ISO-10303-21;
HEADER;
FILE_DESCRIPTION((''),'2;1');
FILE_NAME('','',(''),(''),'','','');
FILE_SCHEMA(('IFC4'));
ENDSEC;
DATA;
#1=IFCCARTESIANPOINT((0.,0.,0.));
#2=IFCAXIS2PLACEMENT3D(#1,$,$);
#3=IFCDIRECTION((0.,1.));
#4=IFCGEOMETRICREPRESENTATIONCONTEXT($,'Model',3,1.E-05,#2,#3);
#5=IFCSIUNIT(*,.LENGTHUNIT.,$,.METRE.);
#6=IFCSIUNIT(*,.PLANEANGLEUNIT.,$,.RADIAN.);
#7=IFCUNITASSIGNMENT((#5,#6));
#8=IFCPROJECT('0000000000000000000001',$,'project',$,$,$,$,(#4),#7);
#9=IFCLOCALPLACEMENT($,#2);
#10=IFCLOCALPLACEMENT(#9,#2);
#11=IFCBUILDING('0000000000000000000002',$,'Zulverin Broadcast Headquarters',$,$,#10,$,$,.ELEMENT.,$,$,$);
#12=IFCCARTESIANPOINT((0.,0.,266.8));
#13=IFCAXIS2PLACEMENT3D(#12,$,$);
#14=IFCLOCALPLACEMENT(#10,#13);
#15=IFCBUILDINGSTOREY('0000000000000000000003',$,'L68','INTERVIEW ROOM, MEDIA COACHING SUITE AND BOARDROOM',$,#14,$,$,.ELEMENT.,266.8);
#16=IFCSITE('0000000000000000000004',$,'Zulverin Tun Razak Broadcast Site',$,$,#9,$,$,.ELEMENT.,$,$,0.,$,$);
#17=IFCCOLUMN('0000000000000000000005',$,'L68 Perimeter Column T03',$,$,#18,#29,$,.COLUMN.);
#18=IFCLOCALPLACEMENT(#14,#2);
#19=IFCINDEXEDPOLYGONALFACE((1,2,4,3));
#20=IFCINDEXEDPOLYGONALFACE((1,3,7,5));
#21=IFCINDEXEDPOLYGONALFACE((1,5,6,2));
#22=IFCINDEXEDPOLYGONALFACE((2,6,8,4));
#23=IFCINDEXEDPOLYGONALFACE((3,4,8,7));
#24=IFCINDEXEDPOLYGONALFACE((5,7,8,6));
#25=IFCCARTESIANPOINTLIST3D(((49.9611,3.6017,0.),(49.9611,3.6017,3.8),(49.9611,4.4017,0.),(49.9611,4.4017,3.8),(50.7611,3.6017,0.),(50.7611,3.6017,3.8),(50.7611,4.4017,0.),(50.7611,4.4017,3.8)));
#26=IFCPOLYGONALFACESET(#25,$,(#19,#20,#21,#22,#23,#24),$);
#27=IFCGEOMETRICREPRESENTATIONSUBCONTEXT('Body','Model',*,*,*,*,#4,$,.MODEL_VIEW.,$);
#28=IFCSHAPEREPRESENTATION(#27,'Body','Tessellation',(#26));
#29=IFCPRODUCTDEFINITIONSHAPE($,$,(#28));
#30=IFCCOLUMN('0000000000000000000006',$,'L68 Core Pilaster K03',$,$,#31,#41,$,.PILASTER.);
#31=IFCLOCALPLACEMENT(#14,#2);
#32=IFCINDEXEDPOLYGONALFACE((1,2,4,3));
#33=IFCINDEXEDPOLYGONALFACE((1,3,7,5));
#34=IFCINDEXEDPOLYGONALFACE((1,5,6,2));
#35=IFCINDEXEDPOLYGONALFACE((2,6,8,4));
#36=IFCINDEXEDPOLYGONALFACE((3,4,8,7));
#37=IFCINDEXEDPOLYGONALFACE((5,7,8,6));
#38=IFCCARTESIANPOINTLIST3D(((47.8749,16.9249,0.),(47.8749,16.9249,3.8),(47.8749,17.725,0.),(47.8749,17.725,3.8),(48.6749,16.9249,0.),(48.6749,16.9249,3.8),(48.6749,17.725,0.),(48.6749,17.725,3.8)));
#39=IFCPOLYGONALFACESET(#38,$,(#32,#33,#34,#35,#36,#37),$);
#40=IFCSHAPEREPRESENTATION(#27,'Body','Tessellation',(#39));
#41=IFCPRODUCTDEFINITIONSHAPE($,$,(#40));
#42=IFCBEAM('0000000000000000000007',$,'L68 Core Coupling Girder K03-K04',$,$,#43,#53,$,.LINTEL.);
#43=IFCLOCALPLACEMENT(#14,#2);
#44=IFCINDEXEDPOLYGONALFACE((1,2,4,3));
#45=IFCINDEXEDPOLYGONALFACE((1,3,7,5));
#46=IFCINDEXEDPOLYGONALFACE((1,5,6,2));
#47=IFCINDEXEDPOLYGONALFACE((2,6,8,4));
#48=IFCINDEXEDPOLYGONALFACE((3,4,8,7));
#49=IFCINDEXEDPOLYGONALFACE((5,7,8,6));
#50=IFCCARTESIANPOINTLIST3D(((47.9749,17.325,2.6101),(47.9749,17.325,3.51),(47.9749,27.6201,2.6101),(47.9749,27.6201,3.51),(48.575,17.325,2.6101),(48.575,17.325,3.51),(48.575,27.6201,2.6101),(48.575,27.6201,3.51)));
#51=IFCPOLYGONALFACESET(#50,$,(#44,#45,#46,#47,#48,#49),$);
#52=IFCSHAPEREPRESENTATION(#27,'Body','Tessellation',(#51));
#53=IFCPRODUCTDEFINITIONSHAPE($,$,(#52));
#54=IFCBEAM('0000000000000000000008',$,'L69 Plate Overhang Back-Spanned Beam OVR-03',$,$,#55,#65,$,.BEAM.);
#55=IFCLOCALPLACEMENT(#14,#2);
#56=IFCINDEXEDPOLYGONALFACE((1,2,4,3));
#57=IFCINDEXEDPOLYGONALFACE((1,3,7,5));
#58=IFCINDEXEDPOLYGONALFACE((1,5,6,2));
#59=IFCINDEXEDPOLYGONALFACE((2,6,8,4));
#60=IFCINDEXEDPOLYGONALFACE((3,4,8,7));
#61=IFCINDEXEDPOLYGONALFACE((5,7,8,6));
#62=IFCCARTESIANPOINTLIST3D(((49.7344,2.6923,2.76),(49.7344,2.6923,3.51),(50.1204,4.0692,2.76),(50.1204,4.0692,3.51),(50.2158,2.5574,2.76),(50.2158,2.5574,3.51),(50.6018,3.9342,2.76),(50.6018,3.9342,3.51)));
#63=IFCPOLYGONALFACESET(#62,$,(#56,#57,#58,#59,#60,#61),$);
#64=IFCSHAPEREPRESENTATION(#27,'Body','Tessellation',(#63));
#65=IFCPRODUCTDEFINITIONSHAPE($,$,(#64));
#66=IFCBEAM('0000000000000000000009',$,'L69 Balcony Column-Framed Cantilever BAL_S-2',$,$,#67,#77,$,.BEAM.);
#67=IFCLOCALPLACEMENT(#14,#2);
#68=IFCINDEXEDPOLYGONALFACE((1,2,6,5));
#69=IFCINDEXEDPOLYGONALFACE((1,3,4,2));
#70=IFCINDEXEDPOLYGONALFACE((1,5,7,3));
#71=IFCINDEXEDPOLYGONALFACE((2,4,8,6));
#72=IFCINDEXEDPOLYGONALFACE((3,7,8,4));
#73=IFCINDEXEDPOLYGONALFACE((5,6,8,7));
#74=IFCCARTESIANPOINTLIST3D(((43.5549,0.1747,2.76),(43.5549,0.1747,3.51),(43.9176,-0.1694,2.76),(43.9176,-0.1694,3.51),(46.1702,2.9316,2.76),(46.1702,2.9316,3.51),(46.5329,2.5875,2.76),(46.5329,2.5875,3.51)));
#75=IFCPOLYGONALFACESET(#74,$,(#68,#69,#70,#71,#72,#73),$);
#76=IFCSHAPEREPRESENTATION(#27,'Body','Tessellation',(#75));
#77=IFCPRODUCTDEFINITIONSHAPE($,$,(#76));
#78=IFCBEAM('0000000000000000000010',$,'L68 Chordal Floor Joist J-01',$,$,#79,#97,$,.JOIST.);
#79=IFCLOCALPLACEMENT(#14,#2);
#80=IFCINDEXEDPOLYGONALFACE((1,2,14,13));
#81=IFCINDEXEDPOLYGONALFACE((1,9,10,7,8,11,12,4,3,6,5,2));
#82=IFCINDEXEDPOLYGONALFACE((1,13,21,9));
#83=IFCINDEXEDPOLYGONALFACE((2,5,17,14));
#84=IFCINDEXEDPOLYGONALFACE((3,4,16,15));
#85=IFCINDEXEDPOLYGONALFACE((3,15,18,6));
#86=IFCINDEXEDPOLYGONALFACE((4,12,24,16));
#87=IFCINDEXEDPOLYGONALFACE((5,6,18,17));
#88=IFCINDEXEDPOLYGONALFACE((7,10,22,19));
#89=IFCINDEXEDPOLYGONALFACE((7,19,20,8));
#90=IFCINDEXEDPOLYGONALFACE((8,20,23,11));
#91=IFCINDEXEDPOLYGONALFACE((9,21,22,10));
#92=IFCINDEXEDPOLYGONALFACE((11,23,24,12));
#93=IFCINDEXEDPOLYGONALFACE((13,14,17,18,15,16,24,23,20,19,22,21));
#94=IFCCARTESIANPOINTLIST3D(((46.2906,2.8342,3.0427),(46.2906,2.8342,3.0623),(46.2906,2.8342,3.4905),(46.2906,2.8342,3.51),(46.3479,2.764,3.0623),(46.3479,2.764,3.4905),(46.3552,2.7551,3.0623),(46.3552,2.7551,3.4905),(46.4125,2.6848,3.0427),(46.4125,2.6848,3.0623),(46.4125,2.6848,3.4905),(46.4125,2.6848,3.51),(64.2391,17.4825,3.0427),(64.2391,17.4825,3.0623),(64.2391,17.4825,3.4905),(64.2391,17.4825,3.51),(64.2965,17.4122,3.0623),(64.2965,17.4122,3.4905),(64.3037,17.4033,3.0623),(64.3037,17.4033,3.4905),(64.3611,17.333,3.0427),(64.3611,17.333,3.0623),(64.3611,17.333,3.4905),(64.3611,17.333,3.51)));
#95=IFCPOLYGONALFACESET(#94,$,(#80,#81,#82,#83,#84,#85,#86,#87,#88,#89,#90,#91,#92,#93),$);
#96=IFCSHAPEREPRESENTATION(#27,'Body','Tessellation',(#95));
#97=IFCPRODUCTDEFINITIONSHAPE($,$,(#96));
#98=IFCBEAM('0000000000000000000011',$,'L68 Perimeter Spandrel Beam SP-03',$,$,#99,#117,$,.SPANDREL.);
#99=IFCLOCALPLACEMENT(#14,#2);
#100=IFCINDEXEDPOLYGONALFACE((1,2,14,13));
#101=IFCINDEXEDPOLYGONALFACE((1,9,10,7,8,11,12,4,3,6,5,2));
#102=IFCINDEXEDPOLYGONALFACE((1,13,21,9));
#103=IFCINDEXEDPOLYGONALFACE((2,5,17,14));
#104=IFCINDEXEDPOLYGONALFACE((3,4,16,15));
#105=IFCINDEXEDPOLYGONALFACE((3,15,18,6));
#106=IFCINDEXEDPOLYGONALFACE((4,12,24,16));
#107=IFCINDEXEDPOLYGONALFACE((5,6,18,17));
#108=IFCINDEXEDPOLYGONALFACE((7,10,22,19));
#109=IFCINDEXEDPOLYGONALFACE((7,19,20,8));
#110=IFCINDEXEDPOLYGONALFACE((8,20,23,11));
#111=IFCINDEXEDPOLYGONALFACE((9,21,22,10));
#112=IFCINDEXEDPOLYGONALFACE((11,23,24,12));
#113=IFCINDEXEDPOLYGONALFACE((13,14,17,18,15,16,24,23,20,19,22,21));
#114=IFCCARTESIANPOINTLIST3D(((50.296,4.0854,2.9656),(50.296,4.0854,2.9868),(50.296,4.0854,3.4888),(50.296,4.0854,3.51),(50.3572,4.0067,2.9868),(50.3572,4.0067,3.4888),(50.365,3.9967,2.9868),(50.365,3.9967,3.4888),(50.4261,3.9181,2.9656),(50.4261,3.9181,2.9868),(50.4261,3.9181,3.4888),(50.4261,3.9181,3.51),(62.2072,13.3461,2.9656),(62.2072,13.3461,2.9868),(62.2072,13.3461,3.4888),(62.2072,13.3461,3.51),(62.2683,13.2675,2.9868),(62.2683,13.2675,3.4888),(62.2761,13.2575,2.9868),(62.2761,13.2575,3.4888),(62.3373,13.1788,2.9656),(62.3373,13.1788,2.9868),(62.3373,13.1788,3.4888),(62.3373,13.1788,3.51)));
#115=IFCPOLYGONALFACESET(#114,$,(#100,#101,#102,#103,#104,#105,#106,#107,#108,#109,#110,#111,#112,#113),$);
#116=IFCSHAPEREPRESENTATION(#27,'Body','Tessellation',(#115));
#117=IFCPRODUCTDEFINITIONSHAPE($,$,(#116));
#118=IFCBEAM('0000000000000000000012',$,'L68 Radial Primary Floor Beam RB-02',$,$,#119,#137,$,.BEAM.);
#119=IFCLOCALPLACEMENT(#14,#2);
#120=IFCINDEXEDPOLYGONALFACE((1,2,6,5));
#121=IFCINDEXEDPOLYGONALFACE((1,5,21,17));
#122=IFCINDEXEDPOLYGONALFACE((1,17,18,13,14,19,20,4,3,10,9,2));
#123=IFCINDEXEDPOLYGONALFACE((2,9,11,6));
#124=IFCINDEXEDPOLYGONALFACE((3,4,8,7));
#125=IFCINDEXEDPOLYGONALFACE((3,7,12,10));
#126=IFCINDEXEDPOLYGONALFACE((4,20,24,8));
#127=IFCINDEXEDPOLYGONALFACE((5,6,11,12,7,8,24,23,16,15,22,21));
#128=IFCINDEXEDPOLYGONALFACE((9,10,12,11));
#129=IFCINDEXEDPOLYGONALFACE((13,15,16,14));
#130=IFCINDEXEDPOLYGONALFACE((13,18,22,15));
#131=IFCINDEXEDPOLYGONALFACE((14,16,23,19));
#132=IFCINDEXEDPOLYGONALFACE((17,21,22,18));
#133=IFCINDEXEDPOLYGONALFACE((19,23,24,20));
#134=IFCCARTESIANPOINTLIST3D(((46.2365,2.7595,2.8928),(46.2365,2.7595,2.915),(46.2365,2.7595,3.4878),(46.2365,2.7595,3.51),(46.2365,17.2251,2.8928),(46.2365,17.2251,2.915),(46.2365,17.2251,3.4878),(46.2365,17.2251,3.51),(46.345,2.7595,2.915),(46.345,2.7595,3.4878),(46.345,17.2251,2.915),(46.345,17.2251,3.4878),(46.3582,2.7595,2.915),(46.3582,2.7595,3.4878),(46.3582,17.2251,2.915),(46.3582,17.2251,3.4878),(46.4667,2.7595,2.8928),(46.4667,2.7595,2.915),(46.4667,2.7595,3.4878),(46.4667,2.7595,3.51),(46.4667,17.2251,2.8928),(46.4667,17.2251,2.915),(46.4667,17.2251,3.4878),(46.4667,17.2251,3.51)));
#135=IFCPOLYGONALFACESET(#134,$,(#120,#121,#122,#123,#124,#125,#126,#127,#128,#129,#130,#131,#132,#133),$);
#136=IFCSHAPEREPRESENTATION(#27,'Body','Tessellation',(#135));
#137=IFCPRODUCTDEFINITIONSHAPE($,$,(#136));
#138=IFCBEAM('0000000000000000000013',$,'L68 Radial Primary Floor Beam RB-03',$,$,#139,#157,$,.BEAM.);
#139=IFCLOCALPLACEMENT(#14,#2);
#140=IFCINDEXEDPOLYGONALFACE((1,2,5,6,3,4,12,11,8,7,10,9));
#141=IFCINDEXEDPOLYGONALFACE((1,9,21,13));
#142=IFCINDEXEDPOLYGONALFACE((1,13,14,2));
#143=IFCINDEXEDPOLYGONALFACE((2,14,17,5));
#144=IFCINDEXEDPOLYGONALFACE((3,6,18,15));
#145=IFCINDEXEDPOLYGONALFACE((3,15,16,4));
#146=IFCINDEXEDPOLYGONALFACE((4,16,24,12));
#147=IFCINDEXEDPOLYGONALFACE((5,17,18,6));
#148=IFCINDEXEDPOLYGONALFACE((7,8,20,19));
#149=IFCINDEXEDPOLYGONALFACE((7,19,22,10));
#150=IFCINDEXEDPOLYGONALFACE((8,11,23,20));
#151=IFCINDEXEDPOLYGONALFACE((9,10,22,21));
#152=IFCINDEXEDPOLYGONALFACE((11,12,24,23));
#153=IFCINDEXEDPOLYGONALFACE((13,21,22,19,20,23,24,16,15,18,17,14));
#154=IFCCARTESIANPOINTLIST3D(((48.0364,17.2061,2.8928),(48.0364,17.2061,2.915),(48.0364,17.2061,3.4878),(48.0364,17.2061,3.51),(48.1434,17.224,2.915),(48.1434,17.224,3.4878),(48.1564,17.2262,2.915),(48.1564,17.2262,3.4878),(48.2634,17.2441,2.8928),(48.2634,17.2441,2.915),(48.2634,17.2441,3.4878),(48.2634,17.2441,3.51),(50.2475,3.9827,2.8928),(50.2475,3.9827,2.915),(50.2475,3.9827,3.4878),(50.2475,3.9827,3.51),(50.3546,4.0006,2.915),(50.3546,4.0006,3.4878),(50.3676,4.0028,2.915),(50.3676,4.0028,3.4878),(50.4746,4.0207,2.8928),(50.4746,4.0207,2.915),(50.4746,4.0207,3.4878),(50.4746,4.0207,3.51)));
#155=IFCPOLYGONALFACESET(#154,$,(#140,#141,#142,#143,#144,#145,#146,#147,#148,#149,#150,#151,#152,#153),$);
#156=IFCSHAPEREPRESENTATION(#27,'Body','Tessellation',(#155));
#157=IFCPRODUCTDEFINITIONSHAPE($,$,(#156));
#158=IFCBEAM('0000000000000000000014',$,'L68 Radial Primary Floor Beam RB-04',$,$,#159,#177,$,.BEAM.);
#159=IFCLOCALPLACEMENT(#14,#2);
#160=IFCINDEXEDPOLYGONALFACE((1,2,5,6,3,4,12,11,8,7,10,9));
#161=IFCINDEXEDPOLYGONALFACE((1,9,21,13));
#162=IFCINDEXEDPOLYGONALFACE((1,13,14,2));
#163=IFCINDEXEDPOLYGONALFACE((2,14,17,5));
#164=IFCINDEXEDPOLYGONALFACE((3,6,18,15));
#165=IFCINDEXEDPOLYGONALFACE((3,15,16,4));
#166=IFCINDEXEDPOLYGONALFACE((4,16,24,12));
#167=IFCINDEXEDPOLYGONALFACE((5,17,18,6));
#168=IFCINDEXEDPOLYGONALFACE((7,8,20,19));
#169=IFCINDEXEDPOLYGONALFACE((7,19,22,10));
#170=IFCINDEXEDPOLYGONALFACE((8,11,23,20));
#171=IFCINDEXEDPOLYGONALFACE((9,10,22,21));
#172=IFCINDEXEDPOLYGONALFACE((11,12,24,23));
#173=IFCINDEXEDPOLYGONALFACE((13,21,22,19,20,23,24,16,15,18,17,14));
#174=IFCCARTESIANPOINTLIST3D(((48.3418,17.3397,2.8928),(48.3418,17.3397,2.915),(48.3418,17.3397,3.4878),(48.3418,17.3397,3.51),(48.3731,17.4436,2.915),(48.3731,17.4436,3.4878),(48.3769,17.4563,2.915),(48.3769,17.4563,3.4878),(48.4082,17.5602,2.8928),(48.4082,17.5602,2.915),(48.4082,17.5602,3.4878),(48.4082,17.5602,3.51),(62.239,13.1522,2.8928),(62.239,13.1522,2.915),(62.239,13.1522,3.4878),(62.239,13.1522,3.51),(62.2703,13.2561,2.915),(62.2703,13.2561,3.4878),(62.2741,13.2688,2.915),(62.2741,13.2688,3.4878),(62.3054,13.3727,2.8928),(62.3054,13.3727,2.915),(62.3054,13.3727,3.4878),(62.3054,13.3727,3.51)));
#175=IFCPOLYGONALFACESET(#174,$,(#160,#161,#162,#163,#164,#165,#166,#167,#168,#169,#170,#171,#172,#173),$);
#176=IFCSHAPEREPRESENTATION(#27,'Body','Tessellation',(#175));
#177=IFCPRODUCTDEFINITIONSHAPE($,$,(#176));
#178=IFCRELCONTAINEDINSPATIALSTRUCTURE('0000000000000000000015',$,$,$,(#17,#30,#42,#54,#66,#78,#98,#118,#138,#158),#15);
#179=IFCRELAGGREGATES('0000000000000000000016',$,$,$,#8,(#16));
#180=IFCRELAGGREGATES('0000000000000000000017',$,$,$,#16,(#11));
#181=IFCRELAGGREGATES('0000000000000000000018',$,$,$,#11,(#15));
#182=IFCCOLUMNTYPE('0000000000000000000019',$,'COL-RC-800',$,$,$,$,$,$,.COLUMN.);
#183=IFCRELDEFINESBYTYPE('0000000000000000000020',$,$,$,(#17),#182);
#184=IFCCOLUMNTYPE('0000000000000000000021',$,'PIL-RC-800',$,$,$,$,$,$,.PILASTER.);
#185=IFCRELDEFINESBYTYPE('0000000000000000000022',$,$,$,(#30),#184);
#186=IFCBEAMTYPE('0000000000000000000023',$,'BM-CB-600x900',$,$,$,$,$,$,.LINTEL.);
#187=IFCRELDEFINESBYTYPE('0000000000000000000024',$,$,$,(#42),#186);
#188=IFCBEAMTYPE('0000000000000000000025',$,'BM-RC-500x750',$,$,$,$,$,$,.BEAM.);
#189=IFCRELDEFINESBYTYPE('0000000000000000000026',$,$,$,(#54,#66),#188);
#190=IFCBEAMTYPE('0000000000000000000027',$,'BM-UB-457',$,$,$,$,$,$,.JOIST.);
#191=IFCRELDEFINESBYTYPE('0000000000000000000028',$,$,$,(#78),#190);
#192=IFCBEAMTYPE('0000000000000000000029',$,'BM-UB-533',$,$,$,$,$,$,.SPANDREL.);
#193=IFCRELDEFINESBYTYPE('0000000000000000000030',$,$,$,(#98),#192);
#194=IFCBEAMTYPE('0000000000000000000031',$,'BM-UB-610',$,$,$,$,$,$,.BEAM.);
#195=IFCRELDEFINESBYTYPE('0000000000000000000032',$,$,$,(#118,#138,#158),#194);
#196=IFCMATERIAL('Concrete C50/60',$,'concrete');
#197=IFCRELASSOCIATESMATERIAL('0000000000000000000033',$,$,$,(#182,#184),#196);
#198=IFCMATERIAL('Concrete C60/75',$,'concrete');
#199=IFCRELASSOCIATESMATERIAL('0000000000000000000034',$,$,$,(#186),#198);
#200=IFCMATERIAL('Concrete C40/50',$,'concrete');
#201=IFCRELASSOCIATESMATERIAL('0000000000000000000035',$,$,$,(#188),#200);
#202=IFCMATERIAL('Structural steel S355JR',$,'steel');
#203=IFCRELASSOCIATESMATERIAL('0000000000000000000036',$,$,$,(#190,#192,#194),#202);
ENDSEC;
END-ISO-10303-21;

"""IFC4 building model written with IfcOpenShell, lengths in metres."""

from ifc_helpers import new_model, si_unit, direction, frame, origin, origin_2d, place, context, subcontext, project, spatial, rectangle, i_section, extrude, material, material_profile, profile_set, type_object, element, save


model = new_model("IFC4")

# Units and contexts
model_context = context("Model", 3, precision=1e-05, world=origin(), true_north=direction((0.0, 1.0)))
body_context = subcontext(model_context, "Body", "Model", "MODEL_VIEW")
ifc_project = project(units=[si_unit("LENGTHUNIT", "METRE"), si_unit("PLANEANGLEUNIT", "RADIAN")], contexts=[model_context])

# Site, building, storey
site_placement = place(None, origin())
site = spatial("IfcSite", under=ifc_project, at=site_placement, Name="Zulverin Tun Razak Broadcast Site", CompositionType="ELEMENT", RefElevation=0.0)
building_placement = place(site_placement, origin())
building = spatial("IfcBuilding", under=site, at=building_placement, Name="Zulverin Broadcast Headquarters", CompositionType="ELEMENT")
storey_placement = place(building_placement, frame((0.0, 0.0, 266.8)))
storey = spatial("IfcBuildingStorey", under=building, at=storey_placement, Name="L68", Description="INTERVIEW ROOM, MEDIA COACHING SUITE AND BOARDROOM", CompositionType="ELEMENT", Elevation=266.8)

# Columns
ifc_material_1 = material(Name="Concrete C50/60", Category="concrete")
ifc_material_profile_1 = material_profile(ifc_material_1, rectangle(XDim=0.8, YDim=0.8, at=origin_2d()), Name="Concrete C50/60", Category="concrete")
ifc_profile_set_1 = profile_set([ifc_material_profile_1], Name="Concrete C50/60")
column_type_1 = type_object("IfcColumnType", Name="COL-RC-800", PredefinedType="COLUMN", material=ifc_profile_set_1)
column_1_placement = place(storey_placement, frame((50.3611, 4.0017, 0.0), z_axis=(0.0, 0.0, 1.0), x_axis=(1.0, 0.0, 0.0)))
element("IfcColumn", 1, at=column_1_placement, inside=storey, type_object=column_type_1, Name="L68 Perimeter Column T03", PredefinedType="COLUMN", context=body_context, shape_type="SweptSolid", body=[
    extrude(rectangle(XDim=0.8, YDim=0.8, at=origin_2d()), origin(), (0.0, 0.0, 1.0), 3.8),
])
ifc_material_profile_2 = material_profile(ifc_material_1, rectangle(XDim=0.8, YDim=0.8, at=origin_2d()), Name="Concrete C50/60", Category="concrete")
ifc_profile_set_2 = profile_set([ifc_material_profile_2], Name="Concrete C50/60")
column_type_2 = type_object("IfcColumnType", Name="PIL-RC-800", PredefinedType="PILASTER", material=ifc_profile_set_2)
column_2_placement = place(storey_placement, frame((48.2749, 17.325, 0.0), z_axis=(0.0, 0.0, 1.0), x_axis=(1.0, 0.0, 0.0)))
element("IfcColumn", 2, at=column_2_placement, inside=storey, type_object=column_type_2, Name="L68 Core Pilaster K03", PredefinedType="PILASTER", context=body_context, shape_type="SweptSolid", body=[
    extrude(rectangle(XDim=0.8, YDim=0.8, at=origin_2d()), origin(), (0.0, 0.0, 1.0), 3.8),
])

# Beams
ifc_material_2 = material(Name="Concrete C60/75", Category="concrete")
ifc_material_profile_3 = material_profile(ifc_material_2, rectangle(XDim=0.6001, YDim=0.8999, at=origin_2d()), Name="Concrete C60/75", Category="concrete")
ifc_profile_set_3 = profile_set([ifc_material_profile_3], Name="Concrete C60/75")
beam_type_1 = type_object("IfcBeamType", Name="BM-CB-600x900", PredefinedType="LINTEL", material=ifc_profile_set_3)
beam_1_placement = place(storey_placement, frame((48.2749, 17.325, 3.0601), z_axis=(0.0, 1.0, 0.0), x_axis=(-1.0, 0.0, 0.0)))
element("IfcBeam", 3, at=beam_1_placement, inside=storey, type_object=beam_type_1, Name="L68 Core Coupling Girder K03-K04", PredefinedType="LINTEL", context=body_context, shape_type="SweptSolid", body=[
    extrude(rectangle(XDim=0.6001, YDim=0.8999, at=origin_2d()), origin(), (0.0, 0.0, 1.0), 10.2952),
])
ifc_material_3 = material(Name="Concrete C40/50", Category="concrete")
ifc_material_profile_4 = material_profile(ifc_material_3, rectangle(XDim=0.5, YDim=0.75, at=origin_2d()), Name="Concrete C40/50", Category="concrete")
ifc_profile_set_4 = profile_set([ifc_material_profile_4], Name="Concrete C40/50")
beam_type_2 = type_object("IfcBeamType", Name="BM-RC-500x750", PredefinedType="BEAM", material=ifc_profile_set_4)
beam_2_placement = place(storey_placement, frame((50.3611, 4.0017, 3.135), z_axis=(-0.269915, -0.962884, 0.0), x_axis=(0.962884, -0.269915, 0.0)))
element("IfcBeam", 4, at=beam_2_placement, inside=storey, type_object=beam_type_2, Name="L69 Plate Overhang Back-Spanned Beam OVR-03", PredefinedType="BEAM", context=body_context, shape_type="SweptSolid", body=[
    extrude(rectangle(XDim=0.5, YDim=0.75, at=origin_2d()), origin(), (0.0, 0.0, 1.0), 1.4299),
])
beam_3_placement = place(storey_placement, frame((46.3516, 2.7595, 3.135), z_axis=(-0.688229, -0.725493, 0.0), x_axis=(0.725493, -0.688229, 0.0)))
element("IfcBeam", 5, at=beam_3_placement, inside=storey, type_object=beam_type_2, Name="L69 Balcony Column-Framed Cantilever BAL_S-2", PredefinedType="BEAM", context=body_context, shape_type="SweptSolid", body=[
    extrude(rectangle(XDim=0.5, YDim=0.75, at=origin_2d()), origin(), (0.0, 0.0, 1.0), 3.8),
])
ifc_material_4 = material(Name="Structural steel S355JR", Category="steel")
ifc_material_profile_5 = material_profile(ifc_material_4, i_section(OverallWidth=0.1929, OverallDepth=0.4673, WebThickness=0.0115, FlangeThickness=0.0195, at=origin_2d()), Name="Structural steel S355JR", Category="steel")
ifc_profile_set_5 = profile_set([ifc_material_profile_5], Name="Structural steel S355JR")
beam_type_3 = type_object("IfcBeamType", Name="BM-UB-457", PredefinedType="JOIST", material=ifc_profile_set_5)
beam_4_placement = place(storey_placement, frame((46.3516, 2.7595, 3.2764), z_axis=(0.774738, 0.632282, 0.0), x_axis=(-0.632282, 0.774738, 0.0)))
element("IfcBeam", 6, at=beam_4_placement, inside=storey, type_object=beam_type_3, Name="L68 Chordal Floor Joist J-01", PredefinedType="JOIST", context=body_context, shape_type="SweptSolid", body=[
    extrude(i_section(OverallWidth=0.1929, OverallDepth=0.4673, WebThickness=0.0115, FlangeThickness=0.0195, at=origin_2d()), origin(), (0.0, 0.0, 1.0), 23.1672),
])
ifc_material_profile_6 = material_profile(ifc_material_4, i_section(OverallWidth=0.2119, OverallDepth=0.5444, WebThickness=0.0127, FlangeThickness=0.0212, at=origin_2d()), Name="Structural steel S355JR", Category="steel")
ifc_profile_set_6 = profile_set([ifc_material_profile_6], Name="Structural steel S355JR")
beam_type_4 = type_object("IfcBeamType", Name="BM-UB-533", PredefinedType="SPANDREL", material=ifc_profile_set_6)
beam_5_placement = place(storey_placement, frame((50.3611, 4.0017, 3.2378), z_axis=(0.789464, 0.613797, 0.0), x_axis=(-0.613797, 0.789464, 0.0)))
element("IfcBeam", 7, at=beam_5_placement, inside=storey, type_object=beam_type_4, Name="L68 Perimeter Spandrel Beam SP-03", PredefinedType="SPANDREL", context=body_context, shape_type="SweptSolid", body=[
    extrude(i_section(OverallWidth=0.2119, OverallDepth=0.5444, WebThickness=0.0127, FlangeThickness=0.0212, at=origin_2d()), origin(), (0.0, 0.0, 1.0), 15.0876),
])
ifc_material_profile_7 = material_profile(ifc_material_4, i_section(OverallWidth=0.2302, OverallDepth=0.6172, WebThickness=0.0132, FlangeThickness=0.0222, at=origin_2d()), Name="Structural steel S355JR", Category="steel")
ifc_profile_set_7 = profile_set([ifc_material_profile_7], Name="Structural steel S355JR")
beam_type_5 = type_object("IfcBeamType", Name="BM-UB-610", PredefinedType="BEAM", material=ifc_profile_set_7)
beam_6_placement = place(storey_placement, frame((46.3516, 17.2251, 3.2014), z_axis=(0.0, -1.0, 0.0), x_axis=(1.0, 0.0, 0.0)))
element("IfcBeam", 8, at=beam_6_placement, inside=storey, type_object=beam_type_5, Name="L68 Radial Primary Floor Beam RB-02", PredefinedType="BEAM", context=body_context, shape_type="SweptSolid", body=[
    extrude(i_section(OverallWidth=0.2302, OverallDepth=0.6172, WebThickness=0.0132, FlangeThickness=0.0222, at=origin_2d()), origin(), (0.0, 0.0, 1.0), 14.4656),
])
beam_7_placement = place(storey_placement, frame((48.1499, 17.2251, 3.2014), z_axis=(0.164928, -0.986306, 0.0), x_axis=(0.986306, 0.164928, 0.0)))
element("IfcBeam", 9, at=beam_7_placement, inside=storey, type_object=beam_type_5, Name="L68 Radial Primary Floor Beam RB-03", PredefinedType="BEAM", context=body_context, shape_type="SweptSolid", body=[
    extrude(i_section(OverallWidth=0.2302, OverallDepth=0.6172, WebThickness=0.0132, FlangeThickness=0.0222, at=origin_2d()), origin(), (0.0, 0.0, 1.0), 13.407),
])
beam_8_placement = place(storey_placement, frame((48.375, 17.45, 3.2014), z_axis=(0.957478, -0.288507, 0.0), x_axis=(0.288507, 0.957478, 0.0)))
element("IfcBeam", 10, at=beam_8_placement, inside=storey, type_object=beam_type_5, Name="L68 Radial Primary Floor Beam RB-04", PredefinedType="BEAM", context=body_context, shape_type="SweptSolid", body=[
    extrude(i_section(OverallWidth=0.2302, OverallDepth=0.6172, WebThickness=0.0132, FlangeThickness=0.0222, at=origin_2d()), origin(), (0.0, 0.0, 1.0), 14.5144),
])

save(model, "model.ifc")
